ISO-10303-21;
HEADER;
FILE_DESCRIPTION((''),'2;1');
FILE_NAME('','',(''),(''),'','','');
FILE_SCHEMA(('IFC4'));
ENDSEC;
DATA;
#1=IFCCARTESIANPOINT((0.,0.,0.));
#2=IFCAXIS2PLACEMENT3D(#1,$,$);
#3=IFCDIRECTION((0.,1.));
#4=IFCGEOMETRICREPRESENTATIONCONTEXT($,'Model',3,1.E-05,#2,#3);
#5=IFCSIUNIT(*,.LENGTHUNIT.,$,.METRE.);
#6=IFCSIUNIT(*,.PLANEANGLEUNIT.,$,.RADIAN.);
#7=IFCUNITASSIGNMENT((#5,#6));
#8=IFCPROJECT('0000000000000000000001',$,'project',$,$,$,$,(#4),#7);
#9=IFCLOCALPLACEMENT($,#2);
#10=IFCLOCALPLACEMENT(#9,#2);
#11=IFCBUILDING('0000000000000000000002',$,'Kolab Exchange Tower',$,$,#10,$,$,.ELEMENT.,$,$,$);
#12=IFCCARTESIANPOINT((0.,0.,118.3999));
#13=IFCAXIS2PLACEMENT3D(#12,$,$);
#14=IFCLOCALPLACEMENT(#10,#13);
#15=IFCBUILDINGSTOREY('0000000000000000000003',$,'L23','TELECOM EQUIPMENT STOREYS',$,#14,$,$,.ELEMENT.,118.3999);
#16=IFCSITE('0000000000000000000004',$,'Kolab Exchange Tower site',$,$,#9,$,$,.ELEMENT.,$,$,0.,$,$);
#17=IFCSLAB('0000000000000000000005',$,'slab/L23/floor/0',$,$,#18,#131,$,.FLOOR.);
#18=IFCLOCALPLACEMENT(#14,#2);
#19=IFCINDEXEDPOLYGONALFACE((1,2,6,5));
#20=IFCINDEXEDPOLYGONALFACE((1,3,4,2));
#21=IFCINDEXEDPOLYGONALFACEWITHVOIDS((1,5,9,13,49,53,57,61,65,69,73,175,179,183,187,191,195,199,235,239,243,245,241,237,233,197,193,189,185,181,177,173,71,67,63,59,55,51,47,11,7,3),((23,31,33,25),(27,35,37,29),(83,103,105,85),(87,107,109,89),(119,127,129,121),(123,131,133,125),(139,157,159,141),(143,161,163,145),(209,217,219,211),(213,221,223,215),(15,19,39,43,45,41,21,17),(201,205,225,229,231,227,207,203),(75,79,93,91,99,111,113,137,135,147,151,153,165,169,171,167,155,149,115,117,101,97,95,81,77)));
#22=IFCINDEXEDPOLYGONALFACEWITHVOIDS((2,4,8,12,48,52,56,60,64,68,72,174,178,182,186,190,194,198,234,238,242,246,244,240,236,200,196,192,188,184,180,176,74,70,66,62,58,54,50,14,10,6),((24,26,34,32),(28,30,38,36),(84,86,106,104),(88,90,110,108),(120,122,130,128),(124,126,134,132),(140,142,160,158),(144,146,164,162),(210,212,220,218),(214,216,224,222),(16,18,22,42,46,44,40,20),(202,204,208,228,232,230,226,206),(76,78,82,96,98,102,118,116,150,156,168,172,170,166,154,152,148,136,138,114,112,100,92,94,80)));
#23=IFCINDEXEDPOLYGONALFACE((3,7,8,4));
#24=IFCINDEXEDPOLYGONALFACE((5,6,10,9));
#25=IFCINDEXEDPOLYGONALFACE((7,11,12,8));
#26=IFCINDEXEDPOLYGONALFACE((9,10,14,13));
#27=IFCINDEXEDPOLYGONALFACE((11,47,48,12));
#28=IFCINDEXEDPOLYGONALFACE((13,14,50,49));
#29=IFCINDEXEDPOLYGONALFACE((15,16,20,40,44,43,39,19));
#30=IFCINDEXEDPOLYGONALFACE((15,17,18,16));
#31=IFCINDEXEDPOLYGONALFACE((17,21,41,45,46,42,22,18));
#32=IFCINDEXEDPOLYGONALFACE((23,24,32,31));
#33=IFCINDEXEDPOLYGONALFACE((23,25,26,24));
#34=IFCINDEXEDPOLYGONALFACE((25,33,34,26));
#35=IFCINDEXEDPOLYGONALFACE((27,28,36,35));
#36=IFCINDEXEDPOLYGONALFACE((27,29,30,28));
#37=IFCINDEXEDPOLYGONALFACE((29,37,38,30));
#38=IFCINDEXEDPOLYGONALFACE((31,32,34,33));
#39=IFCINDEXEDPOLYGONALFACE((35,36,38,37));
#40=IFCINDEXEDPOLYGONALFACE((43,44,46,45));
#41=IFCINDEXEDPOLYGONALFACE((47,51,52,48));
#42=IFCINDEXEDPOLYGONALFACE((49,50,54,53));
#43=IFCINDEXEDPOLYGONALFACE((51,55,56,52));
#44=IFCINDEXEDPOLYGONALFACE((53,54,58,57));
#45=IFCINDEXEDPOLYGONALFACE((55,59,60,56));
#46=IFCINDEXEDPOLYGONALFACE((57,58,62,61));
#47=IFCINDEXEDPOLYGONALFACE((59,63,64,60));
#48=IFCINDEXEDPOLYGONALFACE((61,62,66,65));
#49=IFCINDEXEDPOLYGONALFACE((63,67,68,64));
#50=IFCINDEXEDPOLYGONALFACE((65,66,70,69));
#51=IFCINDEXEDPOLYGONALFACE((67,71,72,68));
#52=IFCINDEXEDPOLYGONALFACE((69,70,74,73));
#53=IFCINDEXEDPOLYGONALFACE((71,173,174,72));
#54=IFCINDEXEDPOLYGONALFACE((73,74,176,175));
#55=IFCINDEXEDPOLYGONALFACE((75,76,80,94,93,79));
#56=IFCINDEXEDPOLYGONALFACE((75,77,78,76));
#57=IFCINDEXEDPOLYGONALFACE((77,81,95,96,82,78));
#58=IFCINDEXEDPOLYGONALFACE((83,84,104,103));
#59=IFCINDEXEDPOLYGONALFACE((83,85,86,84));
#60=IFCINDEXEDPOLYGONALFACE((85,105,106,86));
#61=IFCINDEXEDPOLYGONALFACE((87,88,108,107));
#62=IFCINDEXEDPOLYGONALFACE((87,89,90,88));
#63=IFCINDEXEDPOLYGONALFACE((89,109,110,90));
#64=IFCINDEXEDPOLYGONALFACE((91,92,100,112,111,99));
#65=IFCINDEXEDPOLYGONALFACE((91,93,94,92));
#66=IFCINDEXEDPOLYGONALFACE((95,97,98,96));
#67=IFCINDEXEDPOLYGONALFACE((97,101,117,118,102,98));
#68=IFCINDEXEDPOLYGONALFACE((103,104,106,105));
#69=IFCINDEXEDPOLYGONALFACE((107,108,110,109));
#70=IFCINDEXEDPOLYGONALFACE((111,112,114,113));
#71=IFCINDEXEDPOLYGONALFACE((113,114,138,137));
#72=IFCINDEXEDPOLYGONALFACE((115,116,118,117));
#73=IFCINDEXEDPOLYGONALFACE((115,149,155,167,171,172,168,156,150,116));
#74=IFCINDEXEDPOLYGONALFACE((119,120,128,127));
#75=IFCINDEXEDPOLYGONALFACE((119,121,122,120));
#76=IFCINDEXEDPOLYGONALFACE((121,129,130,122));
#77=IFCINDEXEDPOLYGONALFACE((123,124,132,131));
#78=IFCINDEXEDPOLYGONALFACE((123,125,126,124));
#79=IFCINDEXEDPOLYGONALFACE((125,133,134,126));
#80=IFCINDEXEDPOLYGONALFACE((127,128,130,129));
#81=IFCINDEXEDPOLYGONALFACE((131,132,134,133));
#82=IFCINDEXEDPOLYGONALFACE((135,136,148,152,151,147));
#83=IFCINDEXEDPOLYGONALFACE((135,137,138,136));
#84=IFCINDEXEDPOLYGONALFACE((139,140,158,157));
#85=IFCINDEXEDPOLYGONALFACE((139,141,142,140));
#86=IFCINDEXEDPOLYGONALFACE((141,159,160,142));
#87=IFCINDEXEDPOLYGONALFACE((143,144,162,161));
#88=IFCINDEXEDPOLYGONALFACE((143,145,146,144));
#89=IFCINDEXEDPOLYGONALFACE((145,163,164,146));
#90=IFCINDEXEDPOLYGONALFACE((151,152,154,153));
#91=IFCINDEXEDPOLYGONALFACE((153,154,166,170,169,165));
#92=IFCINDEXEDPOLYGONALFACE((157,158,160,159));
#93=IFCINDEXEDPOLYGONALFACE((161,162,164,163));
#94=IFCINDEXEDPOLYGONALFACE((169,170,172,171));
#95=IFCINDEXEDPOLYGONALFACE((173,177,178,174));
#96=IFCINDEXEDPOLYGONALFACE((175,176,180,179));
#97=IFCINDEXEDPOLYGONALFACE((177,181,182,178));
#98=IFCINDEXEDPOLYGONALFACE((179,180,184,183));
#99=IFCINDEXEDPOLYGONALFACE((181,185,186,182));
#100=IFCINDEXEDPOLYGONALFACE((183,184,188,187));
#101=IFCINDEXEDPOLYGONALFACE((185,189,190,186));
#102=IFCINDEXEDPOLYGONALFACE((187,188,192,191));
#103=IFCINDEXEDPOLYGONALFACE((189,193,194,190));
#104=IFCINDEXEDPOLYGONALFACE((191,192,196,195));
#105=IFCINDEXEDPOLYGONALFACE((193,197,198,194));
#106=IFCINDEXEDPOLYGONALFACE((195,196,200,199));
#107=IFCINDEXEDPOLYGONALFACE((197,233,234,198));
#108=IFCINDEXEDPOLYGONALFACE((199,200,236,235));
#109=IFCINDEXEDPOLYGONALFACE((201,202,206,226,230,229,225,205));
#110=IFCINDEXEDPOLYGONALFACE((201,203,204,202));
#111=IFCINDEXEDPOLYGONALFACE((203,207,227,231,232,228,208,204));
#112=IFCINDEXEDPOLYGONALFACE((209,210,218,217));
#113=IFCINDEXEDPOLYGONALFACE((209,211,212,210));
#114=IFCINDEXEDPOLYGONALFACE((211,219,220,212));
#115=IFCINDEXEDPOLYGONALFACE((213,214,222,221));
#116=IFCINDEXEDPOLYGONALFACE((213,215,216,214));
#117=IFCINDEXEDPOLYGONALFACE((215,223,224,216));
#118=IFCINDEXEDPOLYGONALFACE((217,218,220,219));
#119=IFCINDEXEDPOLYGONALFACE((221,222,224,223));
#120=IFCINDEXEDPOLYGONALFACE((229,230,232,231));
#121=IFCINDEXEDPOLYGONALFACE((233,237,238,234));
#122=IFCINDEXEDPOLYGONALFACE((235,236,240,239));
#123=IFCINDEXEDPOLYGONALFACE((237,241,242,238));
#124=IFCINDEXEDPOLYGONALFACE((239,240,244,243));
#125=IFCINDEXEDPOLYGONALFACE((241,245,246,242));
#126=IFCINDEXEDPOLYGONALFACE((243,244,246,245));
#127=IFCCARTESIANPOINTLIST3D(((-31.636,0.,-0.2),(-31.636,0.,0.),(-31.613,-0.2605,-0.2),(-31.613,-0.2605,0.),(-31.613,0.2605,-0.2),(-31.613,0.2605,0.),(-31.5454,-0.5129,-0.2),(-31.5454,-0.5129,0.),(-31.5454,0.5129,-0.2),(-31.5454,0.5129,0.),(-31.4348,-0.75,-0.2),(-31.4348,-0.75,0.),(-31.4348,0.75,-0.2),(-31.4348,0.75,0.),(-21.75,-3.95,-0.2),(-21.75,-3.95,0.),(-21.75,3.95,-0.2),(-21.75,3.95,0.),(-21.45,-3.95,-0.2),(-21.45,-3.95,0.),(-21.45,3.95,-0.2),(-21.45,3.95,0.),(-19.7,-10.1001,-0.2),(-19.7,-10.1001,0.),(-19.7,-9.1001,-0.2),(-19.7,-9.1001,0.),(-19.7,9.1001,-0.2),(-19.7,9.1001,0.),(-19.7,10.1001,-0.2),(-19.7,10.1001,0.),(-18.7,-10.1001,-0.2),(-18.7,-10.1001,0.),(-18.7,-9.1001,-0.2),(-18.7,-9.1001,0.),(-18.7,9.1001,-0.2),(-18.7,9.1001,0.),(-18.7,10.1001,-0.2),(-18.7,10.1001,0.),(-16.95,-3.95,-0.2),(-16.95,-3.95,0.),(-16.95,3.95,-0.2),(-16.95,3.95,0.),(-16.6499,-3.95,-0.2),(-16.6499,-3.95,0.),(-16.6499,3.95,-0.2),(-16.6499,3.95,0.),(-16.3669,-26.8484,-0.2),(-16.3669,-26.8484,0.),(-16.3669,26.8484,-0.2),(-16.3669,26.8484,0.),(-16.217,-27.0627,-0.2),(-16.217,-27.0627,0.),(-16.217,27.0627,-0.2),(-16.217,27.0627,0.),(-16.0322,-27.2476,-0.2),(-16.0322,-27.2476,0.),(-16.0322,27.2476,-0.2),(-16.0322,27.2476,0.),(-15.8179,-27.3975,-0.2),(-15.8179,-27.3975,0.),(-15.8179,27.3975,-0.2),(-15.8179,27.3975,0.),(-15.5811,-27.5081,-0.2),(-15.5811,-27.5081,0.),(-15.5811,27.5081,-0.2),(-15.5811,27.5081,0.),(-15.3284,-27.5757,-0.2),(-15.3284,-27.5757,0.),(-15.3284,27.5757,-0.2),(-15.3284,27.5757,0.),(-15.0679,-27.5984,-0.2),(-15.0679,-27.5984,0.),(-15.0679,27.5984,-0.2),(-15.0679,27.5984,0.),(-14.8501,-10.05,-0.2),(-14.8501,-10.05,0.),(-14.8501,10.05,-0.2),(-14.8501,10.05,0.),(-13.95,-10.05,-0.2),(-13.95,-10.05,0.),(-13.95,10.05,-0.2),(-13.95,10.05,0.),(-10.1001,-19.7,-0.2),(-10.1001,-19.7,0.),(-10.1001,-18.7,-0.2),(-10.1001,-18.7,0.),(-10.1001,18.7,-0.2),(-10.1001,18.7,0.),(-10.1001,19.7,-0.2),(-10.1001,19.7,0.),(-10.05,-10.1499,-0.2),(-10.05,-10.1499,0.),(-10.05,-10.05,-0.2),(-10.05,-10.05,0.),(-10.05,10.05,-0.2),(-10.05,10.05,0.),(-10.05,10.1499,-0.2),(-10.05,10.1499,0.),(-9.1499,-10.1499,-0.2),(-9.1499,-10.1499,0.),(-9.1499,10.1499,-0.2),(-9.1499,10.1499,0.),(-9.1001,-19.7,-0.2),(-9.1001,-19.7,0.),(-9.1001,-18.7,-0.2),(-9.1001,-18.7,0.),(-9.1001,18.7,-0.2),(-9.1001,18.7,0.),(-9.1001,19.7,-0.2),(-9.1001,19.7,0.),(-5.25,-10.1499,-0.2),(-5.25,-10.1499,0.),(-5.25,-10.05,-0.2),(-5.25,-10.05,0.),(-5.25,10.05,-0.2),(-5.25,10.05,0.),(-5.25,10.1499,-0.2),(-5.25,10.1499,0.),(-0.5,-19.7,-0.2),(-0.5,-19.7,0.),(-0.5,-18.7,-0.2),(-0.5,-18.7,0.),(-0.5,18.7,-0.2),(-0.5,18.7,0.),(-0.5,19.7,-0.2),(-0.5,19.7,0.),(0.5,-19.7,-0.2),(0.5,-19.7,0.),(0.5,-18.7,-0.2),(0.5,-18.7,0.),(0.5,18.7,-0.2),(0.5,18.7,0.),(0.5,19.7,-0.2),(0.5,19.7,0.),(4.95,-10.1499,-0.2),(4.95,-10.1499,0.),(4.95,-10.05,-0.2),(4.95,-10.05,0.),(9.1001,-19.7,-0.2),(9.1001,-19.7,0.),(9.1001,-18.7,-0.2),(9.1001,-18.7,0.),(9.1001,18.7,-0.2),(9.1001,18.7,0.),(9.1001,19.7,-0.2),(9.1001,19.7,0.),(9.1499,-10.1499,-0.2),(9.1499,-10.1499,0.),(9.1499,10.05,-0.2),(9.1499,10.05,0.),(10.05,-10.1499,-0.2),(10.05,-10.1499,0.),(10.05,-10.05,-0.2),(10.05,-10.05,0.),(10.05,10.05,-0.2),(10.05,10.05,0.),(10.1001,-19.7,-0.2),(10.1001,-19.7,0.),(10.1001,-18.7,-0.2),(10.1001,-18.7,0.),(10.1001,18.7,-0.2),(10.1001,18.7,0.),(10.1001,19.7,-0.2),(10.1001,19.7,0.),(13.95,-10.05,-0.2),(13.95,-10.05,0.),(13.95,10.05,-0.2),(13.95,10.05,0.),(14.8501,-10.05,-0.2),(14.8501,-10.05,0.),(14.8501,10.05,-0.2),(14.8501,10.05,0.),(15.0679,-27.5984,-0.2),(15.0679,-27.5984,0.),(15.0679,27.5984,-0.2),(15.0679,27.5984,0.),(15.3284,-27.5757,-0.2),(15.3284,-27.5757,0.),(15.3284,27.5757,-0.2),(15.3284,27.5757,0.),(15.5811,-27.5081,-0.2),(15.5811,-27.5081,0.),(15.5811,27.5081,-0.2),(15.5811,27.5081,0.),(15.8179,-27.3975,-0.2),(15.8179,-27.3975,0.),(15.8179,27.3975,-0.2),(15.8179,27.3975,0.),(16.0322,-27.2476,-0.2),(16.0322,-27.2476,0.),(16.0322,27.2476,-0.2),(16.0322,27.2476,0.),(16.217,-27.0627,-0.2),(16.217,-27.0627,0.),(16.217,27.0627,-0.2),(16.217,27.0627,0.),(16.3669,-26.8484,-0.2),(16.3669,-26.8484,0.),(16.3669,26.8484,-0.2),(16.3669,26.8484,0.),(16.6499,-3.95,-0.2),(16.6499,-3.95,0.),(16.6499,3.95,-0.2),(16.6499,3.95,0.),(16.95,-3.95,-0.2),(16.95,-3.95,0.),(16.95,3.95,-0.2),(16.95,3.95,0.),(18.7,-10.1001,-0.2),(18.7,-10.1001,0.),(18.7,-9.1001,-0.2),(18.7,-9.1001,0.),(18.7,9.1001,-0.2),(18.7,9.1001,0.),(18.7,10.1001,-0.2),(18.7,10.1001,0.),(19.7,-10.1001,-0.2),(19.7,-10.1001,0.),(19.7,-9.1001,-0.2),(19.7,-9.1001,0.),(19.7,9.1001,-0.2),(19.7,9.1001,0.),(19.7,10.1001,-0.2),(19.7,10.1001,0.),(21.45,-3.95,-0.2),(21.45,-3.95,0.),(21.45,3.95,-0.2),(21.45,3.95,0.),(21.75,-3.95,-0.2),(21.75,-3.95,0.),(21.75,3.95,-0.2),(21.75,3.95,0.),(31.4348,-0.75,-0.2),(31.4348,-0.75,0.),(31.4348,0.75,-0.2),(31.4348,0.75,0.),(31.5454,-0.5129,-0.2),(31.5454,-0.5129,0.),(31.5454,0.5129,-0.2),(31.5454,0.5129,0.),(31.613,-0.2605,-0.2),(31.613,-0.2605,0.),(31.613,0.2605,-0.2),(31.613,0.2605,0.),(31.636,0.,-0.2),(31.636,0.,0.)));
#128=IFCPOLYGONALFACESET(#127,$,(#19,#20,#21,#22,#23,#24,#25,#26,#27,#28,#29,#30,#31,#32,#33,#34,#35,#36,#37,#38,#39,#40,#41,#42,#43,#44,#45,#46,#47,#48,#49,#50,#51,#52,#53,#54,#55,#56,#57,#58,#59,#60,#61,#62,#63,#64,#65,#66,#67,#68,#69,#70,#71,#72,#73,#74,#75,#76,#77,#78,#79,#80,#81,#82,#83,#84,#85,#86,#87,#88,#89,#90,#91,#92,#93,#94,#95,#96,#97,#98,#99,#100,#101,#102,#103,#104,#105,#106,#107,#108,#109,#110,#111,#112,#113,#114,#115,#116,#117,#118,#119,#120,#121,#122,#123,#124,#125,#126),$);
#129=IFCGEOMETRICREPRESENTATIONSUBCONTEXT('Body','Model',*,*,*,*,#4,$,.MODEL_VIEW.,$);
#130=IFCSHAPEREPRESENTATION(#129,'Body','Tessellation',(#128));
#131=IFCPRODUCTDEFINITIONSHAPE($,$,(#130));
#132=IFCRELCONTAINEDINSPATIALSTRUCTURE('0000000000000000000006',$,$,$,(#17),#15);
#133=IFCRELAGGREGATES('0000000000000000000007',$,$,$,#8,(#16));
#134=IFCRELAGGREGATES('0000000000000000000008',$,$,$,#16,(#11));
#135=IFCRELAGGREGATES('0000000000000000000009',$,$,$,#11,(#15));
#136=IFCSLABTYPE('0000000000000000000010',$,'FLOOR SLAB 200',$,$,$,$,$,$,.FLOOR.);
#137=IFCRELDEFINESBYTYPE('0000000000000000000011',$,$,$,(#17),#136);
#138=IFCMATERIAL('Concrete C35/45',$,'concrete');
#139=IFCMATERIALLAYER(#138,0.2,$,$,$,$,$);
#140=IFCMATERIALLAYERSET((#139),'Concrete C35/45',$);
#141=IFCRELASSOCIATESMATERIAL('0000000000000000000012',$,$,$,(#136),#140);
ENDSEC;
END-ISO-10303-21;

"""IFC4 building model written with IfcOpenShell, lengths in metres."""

from ifc_helpers import new_model, si_unit, direction, frame, origin, place, context, subcontext, project, spatial, polyline, outline, extrude, material, layer, layer_set, type_object, element, save


model = new_model("IFC4")

# Units and contexts
model_context = context("Model", 3, precision=1e-05, world=origin(), true_north=direction((0.0, 1.0)))
body_context = subcontext(model_context, "Body", "Model", "MODEL_VIEW")
ifc_project = project(units=[si_unit("LENGTHUNIT", "METRE"), si_unit("PLANEANGLEUNIT", "RADIAN")], contexts=[model_context])

# Site, building, storey
site_placement = place(None, origin())
site = spatial("IfcSite", under=ifc_project, at=site_placement, Name="Kolab Exchange Tower site", CompositionType="ELEMENT", RefElevation=0.0)
building_placement = place(site_placement, origin())
building = spatial("IfcBuilding", under=site, at=building_placement, Name="Kolab Exchange Tower", CompositionType="ELEMENT")
storey_placement = place(building_placement, frame((0.0, 0.0, 118.3999)))
storey = spatial("IfcBuildingStorey", under=building, at=storey_placement, Name="L23", Description="TELECOM EQUIPMENT STOREYS", CompositionType="ELEMENT", Elevation=118.3999)

# Slab
ifc_material_1 = material(Name="Concrete C35/45", Category="concrete")
ifc_layer_1 = layer(ifc_material_1, 0.2)
ifc_layer_set_1 = layer_set([ifc_layer_1], Name="Concrete C35/45")
slab_type = type_object("IfcSlabType", Name="FLOOR SLAB 200", PredefinedType="FLOOR", material=ifc_layer_set_1)
slab_1_placement = place(storey_placement, frame((0.0, 0.0, -0.2)))
element("IfcSlab", 1, at=slab_1_placement, inside=storey, type_object=slab_type, Name="slab/L23/floor/0", PredefinedType="FLOOR", context=body_context, shape_type="SweptSolid", body=[
    extrude(outline(polyline([(16.3669, -26.8484), (31.4348, -0.75), (31.5454, -0.5129), (31.613, -0.2605), (31.636, 0.0), (31.613, 0.2605), (31.5454, 0.5129), (31.4348, 0.75), (16.3669, 26.8484), (16.217, 27.0627), (16.0322, 27.2476), (15.8179, 27.3975), (15.5811, 27.5081), (15.3284, 27.5757), (15.0679, 27.5984), (-15.0679, 27.5984), (-15.3284, 27.5757), (-15.5811, 27.5081), (-15.8179, 27.3975), (-16.0322, 27.2476), (-16.217, 27.0627), (-16.3669, 26.8484), (-31.4348, 0.75), (-31.5454, 0.5129), (-31.613, 0.2605), (-31.636, 0.0), (-31.613, -0.2605), (-31.5454, -0.5129), (-31.4348, -0.75), (-16.3669, -26.8484), (-16.217, -27.0627), (-16.0322, -27.2476), (-15.8179, -27.3975), (-15.5811, -27.5081), (-15.3284, -27.5757), (-15.0679, -27.5984), (15.0679, -27.5984), (15.3284, -27.5757), (15.5811, -27.5081), (15.8179, -27.3975), (16.0322, -27.2476), (16.217, -27.0627), (16.3669, -26.8484)]), holes=[polyline([(-13.95, -10.05), (-14.8501, -10.05), (-14.8501, 10.05), (-13.95, 10.05), (-10.05, 10.05), (-10.05, 10.1499), (-9.1499, 10.1499), (-5.25, 10.1499), (-5.25, 10.05), (9.1499, 10.05), (10.05, 10.05), (13.95, 10.05), (14.8501, 10.05), (14.8501, -10.05), (13.95, -10.05), (10.05, -10.05), (10.05, -10.1499), (9.1499, -10.1499), (4.95, -10.1499), (4.95, -10.05), (-5.25, -10.05), (-5.25, -10.1499), (-9.1499, -10.1499), (-10.05, -10.1499), (-10.05, -10.05), (-13.95, -10.05)]), polyline([(-18.7, -9.1001), (-18.7, -10.1001), (-19.7, -10.1001), (-19.7, -9.1001), (-18.7, -9.1001)]), polyline([(-21.45, -3.95), (-21.75, -3.95), (-21.75, 3.95), (-21.45, 3.95), (-16.95, 3.95), (-16.6499, 3.95), (-16.6499, -3.95), (-16.95, -3.95), (-21.45, -3.95)]), polyline([(-18.7, 10.1001), (-18.7, 9.1001), (-19.7, 9.1001), (-19.7, 10.1001), (-18.7, 10.1001)]), polyline([(-9.1001, -18.7), (-9.1001, -19.7), (-10.1001, -19.7), (-10.1001, -18.7), (-9.1001, -18.7)]), polyline([(-9.1001, 19.7), (-9.1001, 18.7), (-10.1001, 18.7), (-10.1001, 19.7), (-9.1001, 19.7)]), polyline([(9.1001, -18.7), (10.1001, -18.7), (10.1001, -19.7), (9.1001, -19.7), (9.1001, -18.7)]), polyline([(-0.5, -18.7), (0.5, -18.7), (0.5, -19.7), (-0.5, -19.7), (-0.5, -18.7)]), polyline([(0.5, 19.7), (0.5, 18.7), (-0.5, 18.7), (-0.5, 19.7), (0.5, 19.7)]), polyline([(10.1001, 19.7), (10.1001, 18.7), (9.1001, 18.7), (9.1001, 19.7), (10.1001, 19.7)]), polyline([(19.7, -9.1001), (19.7, -10.1001), (18.7, -10.1001), (18.7, -9.1001), (19.7, -9.1001)]), polyline([(21.45, 3.95), (21.75, 3.95), (21.75, -3.95), (21.45, -3.95), (16.95, -3.95), (16.6499, -3.95), (16.6499, 3.95), (16.95, 3.95), (21.45, 3.95)]), polyline([(19.7, 10.1001), (19.7, 9.1001), (18.7, 9.1001), (18.7, 10.1001), (19.7, 10.1001)])]), origin(), (0.0, 0.0, 1.0), 0.2),
])

save(model, "model.ifc")
